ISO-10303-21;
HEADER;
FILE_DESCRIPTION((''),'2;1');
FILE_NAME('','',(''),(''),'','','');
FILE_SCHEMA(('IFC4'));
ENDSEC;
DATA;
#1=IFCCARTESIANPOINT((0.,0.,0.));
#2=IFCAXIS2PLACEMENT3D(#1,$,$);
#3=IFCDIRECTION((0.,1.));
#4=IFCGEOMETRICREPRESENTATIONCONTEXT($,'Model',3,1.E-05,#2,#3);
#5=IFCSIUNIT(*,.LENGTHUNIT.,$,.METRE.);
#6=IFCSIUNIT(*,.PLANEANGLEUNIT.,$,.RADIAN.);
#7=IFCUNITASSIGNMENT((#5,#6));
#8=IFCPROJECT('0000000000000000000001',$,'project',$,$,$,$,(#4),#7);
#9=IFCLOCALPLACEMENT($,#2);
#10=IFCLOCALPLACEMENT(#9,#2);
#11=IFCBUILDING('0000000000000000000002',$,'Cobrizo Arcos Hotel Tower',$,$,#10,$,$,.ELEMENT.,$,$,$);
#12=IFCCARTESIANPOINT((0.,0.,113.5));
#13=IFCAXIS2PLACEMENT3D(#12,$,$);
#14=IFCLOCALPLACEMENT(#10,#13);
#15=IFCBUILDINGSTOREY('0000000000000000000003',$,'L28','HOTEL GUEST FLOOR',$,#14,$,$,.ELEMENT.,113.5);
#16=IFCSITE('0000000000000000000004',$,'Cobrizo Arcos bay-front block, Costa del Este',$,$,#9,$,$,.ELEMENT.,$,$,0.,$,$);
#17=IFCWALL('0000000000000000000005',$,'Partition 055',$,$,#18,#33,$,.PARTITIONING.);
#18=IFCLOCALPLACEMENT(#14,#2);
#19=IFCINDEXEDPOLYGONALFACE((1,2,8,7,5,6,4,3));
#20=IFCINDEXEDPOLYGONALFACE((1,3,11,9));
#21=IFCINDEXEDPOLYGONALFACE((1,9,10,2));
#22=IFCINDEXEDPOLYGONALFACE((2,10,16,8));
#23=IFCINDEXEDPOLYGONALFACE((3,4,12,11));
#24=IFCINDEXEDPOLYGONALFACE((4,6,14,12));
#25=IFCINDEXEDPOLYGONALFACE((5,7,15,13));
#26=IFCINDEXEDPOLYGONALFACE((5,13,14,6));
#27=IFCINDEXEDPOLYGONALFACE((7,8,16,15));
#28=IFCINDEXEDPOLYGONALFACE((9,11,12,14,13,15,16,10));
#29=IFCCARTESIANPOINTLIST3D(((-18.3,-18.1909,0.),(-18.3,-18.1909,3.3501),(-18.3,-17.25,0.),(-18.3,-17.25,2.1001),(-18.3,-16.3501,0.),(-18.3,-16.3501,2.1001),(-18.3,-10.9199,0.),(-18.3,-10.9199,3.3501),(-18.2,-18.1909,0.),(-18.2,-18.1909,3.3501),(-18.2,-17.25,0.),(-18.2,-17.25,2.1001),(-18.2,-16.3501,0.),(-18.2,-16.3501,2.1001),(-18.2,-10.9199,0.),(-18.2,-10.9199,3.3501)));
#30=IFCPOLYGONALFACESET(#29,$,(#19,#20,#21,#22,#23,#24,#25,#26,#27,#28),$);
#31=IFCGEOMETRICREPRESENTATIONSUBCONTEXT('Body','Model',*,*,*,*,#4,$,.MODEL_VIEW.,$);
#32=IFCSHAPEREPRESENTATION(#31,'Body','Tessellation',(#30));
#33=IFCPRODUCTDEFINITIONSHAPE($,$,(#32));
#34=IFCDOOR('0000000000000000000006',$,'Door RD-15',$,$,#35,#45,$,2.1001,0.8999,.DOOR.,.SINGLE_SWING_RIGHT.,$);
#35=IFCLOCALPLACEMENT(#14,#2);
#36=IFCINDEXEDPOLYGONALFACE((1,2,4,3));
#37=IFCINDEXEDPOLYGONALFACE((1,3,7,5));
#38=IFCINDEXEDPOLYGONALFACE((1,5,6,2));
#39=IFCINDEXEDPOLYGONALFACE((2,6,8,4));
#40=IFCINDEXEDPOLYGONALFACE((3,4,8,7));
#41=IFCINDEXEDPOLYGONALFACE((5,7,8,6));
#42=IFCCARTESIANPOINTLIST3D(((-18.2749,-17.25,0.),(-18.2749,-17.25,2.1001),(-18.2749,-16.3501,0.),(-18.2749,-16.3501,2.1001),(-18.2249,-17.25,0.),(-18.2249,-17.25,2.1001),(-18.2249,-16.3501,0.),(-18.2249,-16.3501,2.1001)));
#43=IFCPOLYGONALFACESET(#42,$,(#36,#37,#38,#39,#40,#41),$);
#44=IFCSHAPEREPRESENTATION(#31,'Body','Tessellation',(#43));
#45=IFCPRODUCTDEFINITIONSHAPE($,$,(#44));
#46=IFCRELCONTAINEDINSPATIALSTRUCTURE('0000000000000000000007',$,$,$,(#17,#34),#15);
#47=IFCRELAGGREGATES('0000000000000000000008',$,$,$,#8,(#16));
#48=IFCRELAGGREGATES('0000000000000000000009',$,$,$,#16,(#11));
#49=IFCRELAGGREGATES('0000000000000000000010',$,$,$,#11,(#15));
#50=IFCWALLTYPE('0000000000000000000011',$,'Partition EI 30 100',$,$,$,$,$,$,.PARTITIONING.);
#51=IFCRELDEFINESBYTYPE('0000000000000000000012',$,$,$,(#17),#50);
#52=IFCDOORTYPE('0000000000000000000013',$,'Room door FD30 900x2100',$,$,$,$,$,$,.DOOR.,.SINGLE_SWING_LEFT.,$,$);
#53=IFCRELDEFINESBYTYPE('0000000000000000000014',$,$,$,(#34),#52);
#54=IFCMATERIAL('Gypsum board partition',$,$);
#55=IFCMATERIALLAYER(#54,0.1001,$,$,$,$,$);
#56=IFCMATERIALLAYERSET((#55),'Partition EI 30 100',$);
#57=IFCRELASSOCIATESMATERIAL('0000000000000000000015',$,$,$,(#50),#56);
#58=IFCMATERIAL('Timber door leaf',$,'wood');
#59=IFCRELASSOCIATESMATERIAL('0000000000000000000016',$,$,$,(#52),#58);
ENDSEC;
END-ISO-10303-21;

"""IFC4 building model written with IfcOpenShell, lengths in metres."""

from ifc_helpers import new_model, si_unit, direction, frame, frame_2d, origin, place, context, subcontext, project, spatial, rectangle, extrude, material, layer, layer_set, type_object, element, fill, save


model = new_model("IFC4")

# Units and contexts
model_context = context("Model", 3, precision=1e-05, world=origin(), true_north=direction((0.0, 1.0)))
body_context = subcontext(model_context, "Body", "Model", "MODEL_VIEW")
ifc_project = project(units=[si_unit("LENGTHUNIT", "METRE"), si_unit("PLANEANGLEUNIT", "RADIAN")], contexts=[model_context])

# Site, building, storey
site_placement = place(None, origin())
site = spatial("IfcSite", under=ifc_project, at=site_placement, Name="Cobrizo Arcos bay-front block, Costa del Este", CompositionType="ELEMENT", RefElevation=0.0)
building_placement = place(site_placement, origin())
building = spatial("IfcBuilding", under=site, at=building_placement, Name="Cobrizo Arcos Hotel Tower", CompositionType="ELEMENT")
storey_placement = place(building_placement, frame((0.0, 0.0, 113.5)))
storey = spatial("IfcBuildingStorey", under=building, at=storey_placement, Name="L28", Description="HOTEL GUEST FLOOR", CompositionType="ELEMENT", Elevation=113.5)

# Wall, opening, door
ifc_material_1 = material(Name="Gypsum board partition")
ifc_layer_1 = layer(ifc_material_1, 0.1001)
ifc_layer_set_1 = layer_set([ifc_layer_1], Name="Partition EI 30 100")
wall_type = type_object("IfcWallType", Name="Partition EI 30 100", PredefinedType="PARTITIONING", material=ifc_layer_set_1)
wall_placement = place(storey_placement, frame((-18.25, -18.1909, 0.0), z_axis=(0.0, 0.0, 1.0), x_axis=(0.0, 1.0, 0.0)))
wall = element("IfcWall", 1, at=wall_placement, inside=storey, type_object=wall_type, Name="Partition 055", PredefinedType="PARTITIONING", context=body_context, shape_type="SweptSolid", body=[
    extrude(rectangle(XDim=7.271, YDim=0.1001, at=frame_2d((3.6355, 0.0))), origin(), (0.0, 0.0, 1.0), 3.3501),
])
opening_placement = place(wall_placement, frame((0.9409, 0.0, 0.0)))
opening = element("IfcOpeningElement", 2, at=opening_placement, cuts=wall, PredefinedType="OPENING", context=body_context, shape_type="SweptSolid", body=[
    extrude(rectangle(XDim=0.8999, YDim=2.1001, at=frame_2d((0.45, 1.05))), frame((0.0, 0.062, 0.0), z_axis=(0.0, -1.0, 0.0), x_axis=(1.0, 0.0, 0.0)), (0.0, 0.0, 1.0), 0.124),
])
ifc_material_2 = material(Name="Timber door leaf", Category="wood")
door_type = type_object("IfcDoorType", Name="Room door FD30 900x2100", OperationType="SINGLE_SWING_LEFT", PredefinedType="DOOR", material=ifc_material_2)
door_placement = place(opening_placement, origin())
door = element("IfcDoor", 3, at=door_placement, inside=storey, type_object=door_type, Name="Door RD-15", OperationType="SINGLE_SWING_RIGHT", OverallHeight=2.1001, OverallWidth=0.8999, PredefinedType="DOOR", context=body_context, shape_type="SweptSolid", body=[
    extrude(rectangle(XDim=0.8999, YDim=2.1001, at=frame_2d((0.45, 1.05))), frame((0.0, 0.0249, 0.0), z_axis=(0.0, -1.0, 0.0), x_axis=(1.0, 0.0, 0.0)), (0.0, 0.0, 1.0), 0.05),
])
fill(opening, door)

save(model, "model.ifc")
